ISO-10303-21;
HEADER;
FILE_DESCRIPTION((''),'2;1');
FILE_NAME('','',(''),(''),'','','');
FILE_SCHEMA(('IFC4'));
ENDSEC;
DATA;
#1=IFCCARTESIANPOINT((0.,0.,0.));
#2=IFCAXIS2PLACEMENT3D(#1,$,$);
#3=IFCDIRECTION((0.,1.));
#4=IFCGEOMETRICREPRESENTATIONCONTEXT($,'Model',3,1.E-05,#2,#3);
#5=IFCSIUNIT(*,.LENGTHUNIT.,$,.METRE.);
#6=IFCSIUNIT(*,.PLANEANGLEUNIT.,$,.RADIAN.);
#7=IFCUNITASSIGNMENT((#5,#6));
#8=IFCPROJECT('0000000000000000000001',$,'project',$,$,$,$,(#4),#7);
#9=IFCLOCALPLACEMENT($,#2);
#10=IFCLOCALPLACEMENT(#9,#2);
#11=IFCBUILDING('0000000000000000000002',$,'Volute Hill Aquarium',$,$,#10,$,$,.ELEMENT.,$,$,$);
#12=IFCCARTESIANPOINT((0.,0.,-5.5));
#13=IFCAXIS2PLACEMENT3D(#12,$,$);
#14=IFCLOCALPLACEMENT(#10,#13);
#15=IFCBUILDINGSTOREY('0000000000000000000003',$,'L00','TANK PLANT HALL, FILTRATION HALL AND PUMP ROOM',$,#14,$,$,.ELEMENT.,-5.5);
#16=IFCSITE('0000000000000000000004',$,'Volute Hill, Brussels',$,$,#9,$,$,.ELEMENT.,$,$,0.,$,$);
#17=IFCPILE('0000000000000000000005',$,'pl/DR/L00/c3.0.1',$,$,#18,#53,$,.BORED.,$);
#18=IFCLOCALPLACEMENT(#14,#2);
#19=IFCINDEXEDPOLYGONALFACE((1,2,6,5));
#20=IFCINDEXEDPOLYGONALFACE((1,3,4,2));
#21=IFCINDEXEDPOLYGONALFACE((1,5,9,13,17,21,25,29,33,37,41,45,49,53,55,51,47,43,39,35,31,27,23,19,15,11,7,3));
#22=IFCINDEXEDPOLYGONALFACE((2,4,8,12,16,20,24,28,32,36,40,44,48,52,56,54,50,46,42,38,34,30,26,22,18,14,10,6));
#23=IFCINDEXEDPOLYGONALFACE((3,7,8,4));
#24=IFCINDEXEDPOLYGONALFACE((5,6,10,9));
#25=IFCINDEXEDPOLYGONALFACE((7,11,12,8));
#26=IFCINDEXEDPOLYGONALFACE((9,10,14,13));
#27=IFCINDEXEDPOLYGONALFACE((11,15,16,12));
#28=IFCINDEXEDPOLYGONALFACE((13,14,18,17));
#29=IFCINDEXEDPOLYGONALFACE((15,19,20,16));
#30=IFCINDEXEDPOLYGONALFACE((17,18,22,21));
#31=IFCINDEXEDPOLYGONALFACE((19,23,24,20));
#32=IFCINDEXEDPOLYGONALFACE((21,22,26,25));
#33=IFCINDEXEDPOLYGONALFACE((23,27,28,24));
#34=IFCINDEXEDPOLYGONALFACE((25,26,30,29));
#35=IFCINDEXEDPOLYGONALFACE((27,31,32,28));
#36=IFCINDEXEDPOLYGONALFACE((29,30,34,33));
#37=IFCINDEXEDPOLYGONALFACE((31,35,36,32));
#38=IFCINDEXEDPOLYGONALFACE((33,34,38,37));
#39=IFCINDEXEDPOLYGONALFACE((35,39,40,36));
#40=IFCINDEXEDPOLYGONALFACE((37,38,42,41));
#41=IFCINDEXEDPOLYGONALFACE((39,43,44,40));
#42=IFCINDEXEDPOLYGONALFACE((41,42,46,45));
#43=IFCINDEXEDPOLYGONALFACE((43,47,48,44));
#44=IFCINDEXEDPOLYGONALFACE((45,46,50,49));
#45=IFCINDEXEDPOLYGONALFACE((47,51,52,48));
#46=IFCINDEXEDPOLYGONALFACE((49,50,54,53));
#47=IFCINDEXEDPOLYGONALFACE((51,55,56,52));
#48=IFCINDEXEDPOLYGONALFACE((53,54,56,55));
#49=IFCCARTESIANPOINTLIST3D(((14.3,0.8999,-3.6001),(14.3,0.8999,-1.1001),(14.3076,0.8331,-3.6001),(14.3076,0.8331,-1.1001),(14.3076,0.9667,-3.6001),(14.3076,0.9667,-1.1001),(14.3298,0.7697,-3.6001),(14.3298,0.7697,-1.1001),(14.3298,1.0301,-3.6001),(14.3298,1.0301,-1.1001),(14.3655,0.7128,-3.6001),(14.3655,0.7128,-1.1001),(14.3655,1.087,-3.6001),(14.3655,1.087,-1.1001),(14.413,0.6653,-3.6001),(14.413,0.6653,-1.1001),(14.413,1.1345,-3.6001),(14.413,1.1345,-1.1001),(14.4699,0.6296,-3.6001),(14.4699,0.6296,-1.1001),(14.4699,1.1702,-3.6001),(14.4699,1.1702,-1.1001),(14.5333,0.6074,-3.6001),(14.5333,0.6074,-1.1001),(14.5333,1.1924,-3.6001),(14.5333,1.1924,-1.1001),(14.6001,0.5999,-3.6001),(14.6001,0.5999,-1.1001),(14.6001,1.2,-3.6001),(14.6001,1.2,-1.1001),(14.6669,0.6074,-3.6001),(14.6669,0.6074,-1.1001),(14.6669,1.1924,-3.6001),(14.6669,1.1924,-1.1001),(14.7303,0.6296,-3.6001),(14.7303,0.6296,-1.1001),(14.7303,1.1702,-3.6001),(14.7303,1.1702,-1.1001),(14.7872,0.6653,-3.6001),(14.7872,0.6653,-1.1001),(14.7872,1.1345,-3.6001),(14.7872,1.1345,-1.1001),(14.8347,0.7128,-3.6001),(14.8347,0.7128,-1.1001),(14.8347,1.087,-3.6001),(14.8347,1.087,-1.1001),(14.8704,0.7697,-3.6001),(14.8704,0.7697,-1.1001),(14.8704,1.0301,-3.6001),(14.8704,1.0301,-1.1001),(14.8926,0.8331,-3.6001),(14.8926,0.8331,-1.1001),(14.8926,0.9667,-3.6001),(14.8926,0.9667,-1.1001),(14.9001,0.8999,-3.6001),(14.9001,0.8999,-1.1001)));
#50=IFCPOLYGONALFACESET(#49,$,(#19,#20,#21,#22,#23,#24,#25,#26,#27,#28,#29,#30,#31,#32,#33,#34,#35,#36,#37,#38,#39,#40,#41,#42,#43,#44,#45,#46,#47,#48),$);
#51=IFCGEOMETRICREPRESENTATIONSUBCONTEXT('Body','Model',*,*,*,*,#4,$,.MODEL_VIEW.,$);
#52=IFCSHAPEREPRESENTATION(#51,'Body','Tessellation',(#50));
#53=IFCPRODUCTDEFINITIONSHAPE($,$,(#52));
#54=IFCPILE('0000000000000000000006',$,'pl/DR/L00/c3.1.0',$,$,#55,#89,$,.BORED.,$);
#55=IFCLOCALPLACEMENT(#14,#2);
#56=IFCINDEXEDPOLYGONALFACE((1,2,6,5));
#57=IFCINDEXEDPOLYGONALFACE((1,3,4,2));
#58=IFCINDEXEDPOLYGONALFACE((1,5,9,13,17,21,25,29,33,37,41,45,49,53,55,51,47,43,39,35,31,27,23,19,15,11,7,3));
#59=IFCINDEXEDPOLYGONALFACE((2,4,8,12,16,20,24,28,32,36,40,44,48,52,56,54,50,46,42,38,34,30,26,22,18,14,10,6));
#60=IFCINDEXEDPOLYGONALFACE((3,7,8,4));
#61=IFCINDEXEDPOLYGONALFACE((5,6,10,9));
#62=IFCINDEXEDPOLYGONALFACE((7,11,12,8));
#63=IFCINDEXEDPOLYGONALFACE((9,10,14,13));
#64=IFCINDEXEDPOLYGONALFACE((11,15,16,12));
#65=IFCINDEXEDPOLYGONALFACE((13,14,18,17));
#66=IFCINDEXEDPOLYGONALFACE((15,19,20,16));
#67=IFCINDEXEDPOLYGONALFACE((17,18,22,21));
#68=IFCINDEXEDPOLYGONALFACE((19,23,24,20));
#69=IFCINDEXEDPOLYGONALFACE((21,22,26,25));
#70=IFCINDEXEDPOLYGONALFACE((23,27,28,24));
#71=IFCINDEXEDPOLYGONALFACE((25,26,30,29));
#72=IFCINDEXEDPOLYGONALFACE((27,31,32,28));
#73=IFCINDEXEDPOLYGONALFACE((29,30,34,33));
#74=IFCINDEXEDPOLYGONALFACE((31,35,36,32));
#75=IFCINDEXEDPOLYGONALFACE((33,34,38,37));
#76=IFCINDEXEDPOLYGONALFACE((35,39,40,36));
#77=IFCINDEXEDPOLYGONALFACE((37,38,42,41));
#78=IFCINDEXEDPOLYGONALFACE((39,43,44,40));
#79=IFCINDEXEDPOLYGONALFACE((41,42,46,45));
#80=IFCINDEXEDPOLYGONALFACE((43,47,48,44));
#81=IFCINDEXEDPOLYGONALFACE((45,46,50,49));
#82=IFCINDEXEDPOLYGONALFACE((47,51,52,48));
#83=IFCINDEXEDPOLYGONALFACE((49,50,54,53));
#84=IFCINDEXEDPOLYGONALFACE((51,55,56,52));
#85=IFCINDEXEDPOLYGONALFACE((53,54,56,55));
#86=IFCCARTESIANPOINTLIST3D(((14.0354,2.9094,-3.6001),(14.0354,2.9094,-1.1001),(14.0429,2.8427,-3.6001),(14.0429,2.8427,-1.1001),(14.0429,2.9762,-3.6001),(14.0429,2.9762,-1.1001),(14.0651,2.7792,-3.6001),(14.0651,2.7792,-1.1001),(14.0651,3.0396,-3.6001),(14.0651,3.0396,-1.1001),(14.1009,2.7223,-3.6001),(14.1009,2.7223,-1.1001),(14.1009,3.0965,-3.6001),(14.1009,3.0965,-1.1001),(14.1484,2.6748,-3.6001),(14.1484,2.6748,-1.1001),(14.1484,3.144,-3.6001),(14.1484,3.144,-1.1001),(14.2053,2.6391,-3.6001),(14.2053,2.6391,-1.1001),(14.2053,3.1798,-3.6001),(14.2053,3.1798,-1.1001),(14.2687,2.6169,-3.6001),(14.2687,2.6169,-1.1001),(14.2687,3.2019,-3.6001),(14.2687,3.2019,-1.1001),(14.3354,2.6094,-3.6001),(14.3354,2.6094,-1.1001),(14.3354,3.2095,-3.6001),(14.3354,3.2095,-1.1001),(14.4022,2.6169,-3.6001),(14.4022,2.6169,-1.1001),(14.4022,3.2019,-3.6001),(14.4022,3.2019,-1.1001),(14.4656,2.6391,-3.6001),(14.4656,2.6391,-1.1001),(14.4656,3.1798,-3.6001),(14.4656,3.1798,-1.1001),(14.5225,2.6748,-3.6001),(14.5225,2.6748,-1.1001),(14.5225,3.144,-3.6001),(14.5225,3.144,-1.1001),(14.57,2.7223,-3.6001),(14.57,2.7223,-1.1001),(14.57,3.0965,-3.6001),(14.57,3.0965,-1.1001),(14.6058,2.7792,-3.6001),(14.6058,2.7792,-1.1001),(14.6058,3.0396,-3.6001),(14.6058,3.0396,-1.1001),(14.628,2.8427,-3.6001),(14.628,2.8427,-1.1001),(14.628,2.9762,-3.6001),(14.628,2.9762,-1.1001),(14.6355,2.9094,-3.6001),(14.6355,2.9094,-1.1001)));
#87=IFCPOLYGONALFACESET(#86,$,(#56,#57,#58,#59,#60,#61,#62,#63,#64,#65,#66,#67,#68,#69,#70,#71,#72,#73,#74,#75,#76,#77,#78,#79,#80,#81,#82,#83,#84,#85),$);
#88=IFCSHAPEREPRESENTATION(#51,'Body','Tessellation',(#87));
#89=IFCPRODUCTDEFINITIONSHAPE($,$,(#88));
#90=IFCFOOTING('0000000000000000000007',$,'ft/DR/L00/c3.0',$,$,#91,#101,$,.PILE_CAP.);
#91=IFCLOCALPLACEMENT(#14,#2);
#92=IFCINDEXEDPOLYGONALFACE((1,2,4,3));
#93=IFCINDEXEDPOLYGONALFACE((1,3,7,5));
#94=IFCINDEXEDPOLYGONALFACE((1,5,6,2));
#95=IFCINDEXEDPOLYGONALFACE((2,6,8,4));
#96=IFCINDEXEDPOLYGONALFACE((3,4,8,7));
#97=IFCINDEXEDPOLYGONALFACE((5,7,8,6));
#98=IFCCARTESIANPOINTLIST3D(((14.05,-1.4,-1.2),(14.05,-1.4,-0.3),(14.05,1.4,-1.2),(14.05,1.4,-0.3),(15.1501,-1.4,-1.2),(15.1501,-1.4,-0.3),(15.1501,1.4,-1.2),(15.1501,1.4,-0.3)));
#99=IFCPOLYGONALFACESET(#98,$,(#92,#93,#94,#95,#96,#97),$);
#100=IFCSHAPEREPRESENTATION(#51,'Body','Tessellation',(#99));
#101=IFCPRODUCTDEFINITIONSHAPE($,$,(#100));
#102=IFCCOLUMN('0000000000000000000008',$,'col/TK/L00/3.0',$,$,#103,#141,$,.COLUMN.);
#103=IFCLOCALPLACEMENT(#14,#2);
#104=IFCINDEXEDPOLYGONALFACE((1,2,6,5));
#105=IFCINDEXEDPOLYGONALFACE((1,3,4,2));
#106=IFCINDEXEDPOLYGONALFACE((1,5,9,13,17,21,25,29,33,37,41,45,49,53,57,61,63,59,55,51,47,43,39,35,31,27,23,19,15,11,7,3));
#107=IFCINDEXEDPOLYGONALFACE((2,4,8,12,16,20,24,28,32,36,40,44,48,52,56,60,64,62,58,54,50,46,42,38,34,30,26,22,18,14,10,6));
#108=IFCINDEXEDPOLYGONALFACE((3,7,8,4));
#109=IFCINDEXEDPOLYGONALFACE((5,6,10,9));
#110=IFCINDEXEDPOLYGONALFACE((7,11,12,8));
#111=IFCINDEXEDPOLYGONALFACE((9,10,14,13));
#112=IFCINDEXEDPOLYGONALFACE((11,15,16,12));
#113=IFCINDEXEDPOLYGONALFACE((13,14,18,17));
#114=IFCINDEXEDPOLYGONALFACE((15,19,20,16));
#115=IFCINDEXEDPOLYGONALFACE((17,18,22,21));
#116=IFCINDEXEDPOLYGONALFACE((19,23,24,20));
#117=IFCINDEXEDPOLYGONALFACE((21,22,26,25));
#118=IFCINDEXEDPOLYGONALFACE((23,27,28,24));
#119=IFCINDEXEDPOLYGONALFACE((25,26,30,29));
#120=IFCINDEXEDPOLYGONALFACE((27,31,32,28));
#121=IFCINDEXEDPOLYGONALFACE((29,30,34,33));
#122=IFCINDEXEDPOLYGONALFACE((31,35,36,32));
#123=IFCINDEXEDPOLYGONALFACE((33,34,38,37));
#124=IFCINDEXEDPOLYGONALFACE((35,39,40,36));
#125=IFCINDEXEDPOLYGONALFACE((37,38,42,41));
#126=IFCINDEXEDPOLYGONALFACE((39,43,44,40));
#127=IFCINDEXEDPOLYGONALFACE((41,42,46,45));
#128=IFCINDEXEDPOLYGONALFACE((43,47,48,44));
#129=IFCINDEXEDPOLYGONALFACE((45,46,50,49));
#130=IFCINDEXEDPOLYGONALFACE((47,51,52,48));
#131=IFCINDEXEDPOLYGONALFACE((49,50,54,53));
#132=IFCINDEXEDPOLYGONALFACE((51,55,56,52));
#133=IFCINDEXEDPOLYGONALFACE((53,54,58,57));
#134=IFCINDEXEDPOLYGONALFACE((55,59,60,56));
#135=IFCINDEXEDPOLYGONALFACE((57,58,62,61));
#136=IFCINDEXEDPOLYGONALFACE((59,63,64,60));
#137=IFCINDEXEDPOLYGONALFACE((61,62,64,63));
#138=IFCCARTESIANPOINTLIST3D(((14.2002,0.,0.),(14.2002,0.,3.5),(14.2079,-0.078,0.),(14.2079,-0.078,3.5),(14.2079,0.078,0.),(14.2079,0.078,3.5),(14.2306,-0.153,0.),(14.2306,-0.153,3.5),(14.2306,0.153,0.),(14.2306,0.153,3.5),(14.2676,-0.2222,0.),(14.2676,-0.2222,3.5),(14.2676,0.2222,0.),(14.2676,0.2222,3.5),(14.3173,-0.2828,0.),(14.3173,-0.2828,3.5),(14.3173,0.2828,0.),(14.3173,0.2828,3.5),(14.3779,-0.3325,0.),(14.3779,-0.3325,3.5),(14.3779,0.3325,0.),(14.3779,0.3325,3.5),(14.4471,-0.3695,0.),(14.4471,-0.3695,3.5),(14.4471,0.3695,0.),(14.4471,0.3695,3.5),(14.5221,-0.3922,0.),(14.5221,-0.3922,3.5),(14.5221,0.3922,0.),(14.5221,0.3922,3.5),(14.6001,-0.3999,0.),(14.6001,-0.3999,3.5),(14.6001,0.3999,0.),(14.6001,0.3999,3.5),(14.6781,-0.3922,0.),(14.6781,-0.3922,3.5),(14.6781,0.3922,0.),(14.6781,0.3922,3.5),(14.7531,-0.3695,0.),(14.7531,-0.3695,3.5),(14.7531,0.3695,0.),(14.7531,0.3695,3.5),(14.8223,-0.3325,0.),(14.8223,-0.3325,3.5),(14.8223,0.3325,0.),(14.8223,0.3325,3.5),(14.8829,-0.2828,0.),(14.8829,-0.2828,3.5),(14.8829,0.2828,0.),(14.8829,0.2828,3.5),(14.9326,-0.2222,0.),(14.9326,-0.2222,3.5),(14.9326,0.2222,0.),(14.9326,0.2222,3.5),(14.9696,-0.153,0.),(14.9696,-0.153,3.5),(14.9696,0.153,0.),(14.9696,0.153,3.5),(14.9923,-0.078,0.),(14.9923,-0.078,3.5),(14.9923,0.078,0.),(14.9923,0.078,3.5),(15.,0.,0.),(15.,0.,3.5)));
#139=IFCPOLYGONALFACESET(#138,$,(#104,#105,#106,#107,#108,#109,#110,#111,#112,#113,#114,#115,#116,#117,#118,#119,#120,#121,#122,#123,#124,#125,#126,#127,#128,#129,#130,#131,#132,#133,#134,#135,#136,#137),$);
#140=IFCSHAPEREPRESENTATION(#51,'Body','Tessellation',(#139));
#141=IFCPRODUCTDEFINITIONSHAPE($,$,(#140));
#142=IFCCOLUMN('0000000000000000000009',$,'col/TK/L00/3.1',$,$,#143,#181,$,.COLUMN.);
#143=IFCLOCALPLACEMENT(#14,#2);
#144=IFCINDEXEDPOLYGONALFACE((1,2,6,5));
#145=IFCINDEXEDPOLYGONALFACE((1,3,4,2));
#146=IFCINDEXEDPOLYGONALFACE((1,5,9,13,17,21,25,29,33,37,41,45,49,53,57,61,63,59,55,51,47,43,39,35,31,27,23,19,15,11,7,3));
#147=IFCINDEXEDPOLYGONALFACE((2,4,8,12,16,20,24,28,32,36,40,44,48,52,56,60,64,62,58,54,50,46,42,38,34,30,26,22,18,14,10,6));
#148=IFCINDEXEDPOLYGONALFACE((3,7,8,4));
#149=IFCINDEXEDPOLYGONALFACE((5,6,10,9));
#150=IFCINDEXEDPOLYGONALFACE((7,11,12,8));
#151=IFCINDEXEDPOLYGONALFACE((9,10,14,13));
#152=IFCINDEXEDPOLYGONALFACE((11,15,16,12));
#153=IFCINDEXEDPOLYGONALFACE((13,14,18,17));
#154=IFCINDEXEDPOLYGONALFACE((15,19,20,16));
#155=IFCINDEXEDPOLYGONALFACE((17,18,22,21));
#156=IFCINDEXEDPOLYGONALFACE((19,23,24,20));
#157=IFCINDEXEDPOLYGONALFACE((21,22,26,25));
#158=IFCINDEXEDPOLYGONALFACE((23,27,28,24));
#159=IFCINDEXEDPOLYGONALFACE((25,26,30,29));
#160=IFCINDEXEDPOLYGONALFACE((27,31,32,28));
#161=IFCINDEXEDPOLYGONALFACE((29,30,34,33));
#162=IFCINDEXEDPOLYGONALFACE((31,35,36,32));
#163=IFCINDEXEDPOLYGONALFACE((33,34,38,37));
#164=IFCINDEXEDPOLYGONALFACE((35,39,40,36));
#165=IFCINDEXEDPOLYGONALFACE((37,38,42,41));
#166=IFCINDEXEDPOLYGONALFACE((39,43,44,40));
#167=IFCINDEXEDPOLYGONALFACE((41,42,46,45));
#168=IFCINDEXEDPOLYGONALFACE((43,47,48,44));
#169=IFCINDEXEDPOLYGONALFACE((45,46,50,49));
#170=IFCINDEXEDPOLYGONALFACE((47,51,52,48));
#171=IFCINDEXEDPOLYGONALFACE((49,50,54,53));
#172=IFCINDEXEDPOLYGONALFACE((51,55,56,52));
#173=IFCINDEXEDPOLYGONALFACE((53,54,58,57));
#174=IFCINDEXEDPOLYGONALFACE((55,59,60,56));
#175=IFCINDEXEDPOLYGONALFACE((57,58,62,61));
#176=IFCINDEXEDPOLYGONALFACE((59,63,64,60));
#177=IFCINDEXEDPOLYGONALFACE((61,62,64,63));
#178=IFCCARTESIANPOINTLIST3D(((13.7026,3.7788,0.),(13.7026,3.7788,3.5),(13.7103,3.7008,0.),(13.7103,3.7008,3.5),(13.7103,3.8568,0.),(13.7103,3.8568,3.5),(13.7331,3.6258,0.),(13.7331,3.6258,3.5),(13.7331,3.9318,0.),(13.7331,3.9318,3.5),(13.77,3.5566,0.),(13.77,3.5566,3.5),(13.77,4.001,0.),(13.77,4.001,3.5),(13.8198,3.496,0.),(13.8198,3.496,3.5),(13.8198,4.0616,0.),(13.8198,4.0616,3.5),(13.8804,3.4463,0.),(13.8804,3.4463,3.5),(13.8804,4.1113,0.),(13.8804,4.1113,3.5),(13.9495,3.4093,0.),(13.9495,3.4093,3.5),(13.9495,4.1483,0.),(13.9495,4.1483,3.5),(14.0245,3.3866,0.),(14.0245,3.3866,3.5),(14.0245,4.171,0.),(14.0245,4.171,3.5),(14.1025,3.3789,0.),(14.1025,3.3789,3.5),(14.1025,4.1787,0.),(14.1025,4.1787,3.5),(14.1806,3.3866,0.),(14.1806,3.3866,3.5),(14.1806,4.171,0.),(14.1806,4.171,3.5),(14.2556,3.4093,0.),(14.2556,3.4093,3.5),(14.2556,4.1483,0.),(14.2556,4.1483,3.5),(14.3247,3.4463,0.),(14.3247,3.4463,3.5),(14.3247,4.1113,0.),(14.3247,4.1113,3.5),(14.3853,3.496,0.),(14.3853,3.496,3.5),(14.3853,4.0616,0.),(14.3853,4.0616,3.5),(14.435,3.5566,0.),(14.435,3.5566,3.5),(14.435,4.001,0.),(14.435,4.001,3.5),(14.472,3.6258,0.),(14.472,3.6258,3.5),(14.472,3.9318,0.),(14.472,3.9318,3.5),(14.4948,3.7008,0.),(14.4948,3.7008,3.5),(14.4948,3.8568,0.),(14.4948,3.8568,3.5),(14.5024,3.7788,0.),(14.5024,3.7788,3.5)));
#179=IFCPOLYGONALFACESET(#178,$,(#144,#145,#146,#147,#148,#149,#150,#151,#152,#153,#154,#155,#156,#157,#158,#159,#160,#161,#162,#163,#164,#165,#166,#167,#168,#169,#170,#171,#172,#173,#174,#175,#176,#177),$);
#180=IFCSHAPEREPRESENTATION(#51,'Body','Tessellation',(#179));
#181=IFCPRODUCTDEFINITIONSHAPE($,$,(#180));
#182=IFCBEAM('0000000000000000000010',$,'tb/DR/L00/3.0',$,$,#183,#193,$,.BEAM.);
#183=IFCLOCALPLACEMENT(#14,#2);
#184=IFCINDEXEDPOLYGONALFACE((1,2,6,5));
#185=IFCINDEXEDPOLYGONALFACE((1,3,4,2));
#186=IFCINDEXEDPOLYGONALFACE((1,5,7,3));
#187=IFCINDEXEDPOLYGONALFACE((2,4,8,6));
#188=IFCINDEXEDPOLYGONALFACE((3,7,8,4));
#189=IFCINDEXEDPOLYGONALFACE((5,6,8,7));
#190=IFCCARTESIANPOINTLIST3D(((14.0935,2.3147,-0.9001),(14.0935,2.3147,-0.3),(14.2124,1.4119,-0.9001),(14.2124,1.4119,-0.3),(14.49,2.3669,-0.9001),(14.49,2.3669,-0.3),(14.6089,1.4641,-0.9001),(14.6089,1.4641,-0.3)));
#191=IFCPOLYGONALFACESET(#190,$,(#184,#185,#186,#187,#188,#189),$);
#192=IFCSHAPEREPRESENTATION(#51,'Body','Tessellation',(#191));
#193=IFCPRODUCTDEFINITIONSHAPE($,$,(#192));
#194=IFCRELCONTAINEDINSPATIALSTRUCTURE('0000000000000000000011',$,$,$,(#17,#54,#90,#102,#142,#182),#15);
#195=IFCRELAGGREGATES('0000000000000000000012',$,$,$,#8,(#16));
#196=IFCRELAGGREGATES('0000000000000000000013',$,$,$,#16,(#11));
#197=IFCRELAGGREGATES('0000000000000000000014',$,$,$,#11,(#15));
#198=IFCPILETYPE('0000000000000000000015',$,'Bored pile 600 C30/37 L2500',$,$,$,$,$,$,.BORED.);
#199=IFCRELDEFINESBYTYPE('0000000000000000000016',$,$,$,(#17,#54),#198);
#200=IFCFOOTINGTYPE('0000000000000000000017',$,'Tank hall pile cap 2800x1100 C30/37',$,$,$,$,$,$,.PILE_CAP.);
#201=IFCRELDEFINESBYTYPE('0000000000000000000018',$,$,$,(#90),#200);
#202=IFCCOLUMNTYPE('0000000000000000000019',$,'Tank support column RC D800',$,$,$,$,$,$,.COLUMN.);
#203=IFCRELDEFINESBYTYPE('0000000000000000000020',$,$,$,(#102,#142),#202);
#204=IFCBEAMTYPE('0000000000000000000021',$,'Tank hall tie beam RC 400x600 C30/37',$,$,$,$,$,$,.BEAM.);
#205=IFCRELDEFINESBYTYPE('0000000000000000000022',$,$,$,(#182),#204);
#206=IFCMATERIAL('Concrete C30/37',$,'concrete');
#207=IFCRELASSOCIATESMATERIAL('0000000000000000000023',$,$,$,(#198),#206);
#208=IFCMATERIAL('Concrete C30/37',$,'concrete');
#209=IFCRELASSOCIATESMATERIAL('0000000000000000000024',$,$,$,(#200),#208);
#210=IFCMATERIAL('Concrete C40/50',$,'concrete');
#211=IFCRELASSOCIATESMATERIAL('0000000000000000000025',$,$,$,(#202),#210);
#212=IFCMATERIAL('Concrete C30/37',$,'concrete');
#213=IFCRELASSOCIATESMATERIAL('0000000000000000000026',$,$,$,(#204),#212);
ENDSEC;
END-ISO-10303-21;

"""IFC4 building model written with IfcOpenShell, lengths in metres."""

from ifc_helpers import new_model, si_unit, direction, frame, origin, origin_2d, place, context, subcontext, project, spatial, rectangle, circle, extrude, material, material_profile, profile_set, type_object, element, save


model = new_model("IFC4")

# Units and contexts
model_context = context("Model", 3, precision=1e-05, world=origin(), true_north=direction((0.0, 1.0)))
body_context = subcontext(model_context, "Body", "Model", "MODEL_VIEW")
ifc_project = project(units=[si_unit("LENGTHUNIT", "METRE"), si_unit("PLANEANGLEUNIT", "RADIAN")], contexts=[model_context])

# Site, building, storey
site_placement = place(None, origin())
site = spatial("IfcSite", under=ifc_project, at=site_placement, Name="Volute Hill, Brussels", CompositionType="ELEMENT", RefElevation=0.0)
building_placement = place(site_placement, origin())
building = spatial("IfcBuilding", under=site, at=building_placement, Name="Volute Hill Aquarium", CompositionType="ELEMENT")
storey_placement = place(building_placement, frame((0.0, 0.0, -5.5)))
storey = spatial("IfcBuildingStorey", under=building, at=storey_placement, Name="L00", Description="TANK PLANT HALL, FILTRATION HALL AND PUMP ROOM", CompositionType="ELEMENT", Elevation=-5.5)

# Piles
ifc_material_1 = material(Name="Concrete C30/37", Category="concrete")
pile_type = type_object("IfcPileType", Name="Bored pile 600 C30/37 L2500", PredefinedType="BORED", material=ifc_material_1)
for number, where, z_axis, x_axis, name in (
    (1, (14.6001, 0.8999, -1.1001), (0.0, 0.0, -1.0), (1.0, 0.0, 0.0), "pl/DR/L00/c3.0.1"),
    (2, (14.3354, 2.9094, -1.1001), (0.0, 0.0, -1.0), (1.0, 0.0, 0.0), "pl/DR/L00/c3.1.0"),
):
    element("IfcPile", number, at=place(storey_placement, frame(where, z_axis=z_axis, x_axis=x_axis)), inside=storey, type_object=pile_type, Name=name, PredefinedType="BORED", context=body_context, shape_type="SweptSolid", body=[
        extrude(circle(Radius=0.3, at=origin_2d()), origin(), (0.0, 0.0, 1.0), 2.5),
    ])

# Footing
ifc_material_2 = material(Name="Concrete C30/37", Category="concrete")
footing_type = type_object("IfcFootingType", Name="Tank hall pile cap 2800x1100 C30/37", PredefinedType="PILE_CAP", material=ifc_material_2)
footing_placement = place(storey_placement, frame((14.6001, 0.0, -1.2), z_axis=(0.0, 0.0, 1.0), x_axis=(0.0, 1.0, 0.0)))
element("IfcFooting", 3, at=footing_placement, inside=storey, type_object=footing_type, Name="ft/DR/L00/c3.0", PredefinedType="PILE_CAP", context=body_context, shape_type="SweptSolid", body=[
    extrude(rectangle(XDim=2.8, YDim=1.1001, at=origin_2d()), origin(), (0.0, 0.0, 1.0), 0.8999),
])

# Columns
ifc_material_3 = material(Name="Concrete C40/50", Category="concrete")
ifc_material_profile_1 = material_profile(ifc_material_3, circle(Radius=0.3999, at=origin_2d()), Name="RC round column D800")
ifc_profile_set_1 = profile_set([ifc_material_profile_1], Name="Concrete C40/50")
column_type = type_object("IfcColumnType", Name="Tank support column RC D800", PredefinedType="COLUMN", material=ifc_profile_set_1)
for number, where, z_axis, x_axis, name in (
    (4, (14.6001, 0.0, 0.0), (0.0, 0.0, 1.0), (1.0, 0.0, 0.0), "col/TK/L00/3.0"),
    (5, (14.1025, 3.7788, 0.0), (0.0, 0.0, 1.0), (1.0, 0.0, 0.0), "col/TK/L00/3.1"),
):
    element("IfcColumn", number, at=place(storey_placement, frame(where, z_axis=z_axis, x_axis=x_axis)), inside=storey, type_object=column_type, Name=name, PredefinedType="COLUMN", context=body_context, shape_type="SweptSolid", body=[
        extrude(circle(Radius=0.3999, at=origin_2d()), origin(), (0.0, 0.0, 1.0), 3.5),
    ])

# Beam
ifc_material_4 = material(Name="Concrete C30/37", Category="concrete")
ifc_material_profile_2 = material_profile(ifc_material_4, rectangle(XDim=0.3999, YDim=0.6001, at=origin_2d()), Name="RC tie beam 400x600")
ifc_profile_set_2 = profile_set([ifc_material_profile_2], Name="Concrete C30/37")
beam_type_1 = type_object("IfcBeamType", Name="Tank hall tie beam RC 400x600 C30/37", PredefinedType="BEAM", material=ifc_profile_set_2)
beam_1_placement = place(storey_placement, frame((14.4106, 1.438, -0.6001), z_axis=(-0.130565, 0.99144, 0.0), x_axis=(-0.99144, -0.130565, 0.0)))
element("IfcBeam", 6, at=beam_1_placement, inside=storey, type_object=beam_type_1, Name="tb/DR/L00/3.0", PredefinedType="BEAM", context=body_context, shape_type="SweptSolid", body=[
    extrude(rectangle(XDim=0.3999, YDim=0.6001, at=origin_2d()), origin(), (0.0, 0.0, 1.0), 0.9106),
])

save(model, "model.ifc")
